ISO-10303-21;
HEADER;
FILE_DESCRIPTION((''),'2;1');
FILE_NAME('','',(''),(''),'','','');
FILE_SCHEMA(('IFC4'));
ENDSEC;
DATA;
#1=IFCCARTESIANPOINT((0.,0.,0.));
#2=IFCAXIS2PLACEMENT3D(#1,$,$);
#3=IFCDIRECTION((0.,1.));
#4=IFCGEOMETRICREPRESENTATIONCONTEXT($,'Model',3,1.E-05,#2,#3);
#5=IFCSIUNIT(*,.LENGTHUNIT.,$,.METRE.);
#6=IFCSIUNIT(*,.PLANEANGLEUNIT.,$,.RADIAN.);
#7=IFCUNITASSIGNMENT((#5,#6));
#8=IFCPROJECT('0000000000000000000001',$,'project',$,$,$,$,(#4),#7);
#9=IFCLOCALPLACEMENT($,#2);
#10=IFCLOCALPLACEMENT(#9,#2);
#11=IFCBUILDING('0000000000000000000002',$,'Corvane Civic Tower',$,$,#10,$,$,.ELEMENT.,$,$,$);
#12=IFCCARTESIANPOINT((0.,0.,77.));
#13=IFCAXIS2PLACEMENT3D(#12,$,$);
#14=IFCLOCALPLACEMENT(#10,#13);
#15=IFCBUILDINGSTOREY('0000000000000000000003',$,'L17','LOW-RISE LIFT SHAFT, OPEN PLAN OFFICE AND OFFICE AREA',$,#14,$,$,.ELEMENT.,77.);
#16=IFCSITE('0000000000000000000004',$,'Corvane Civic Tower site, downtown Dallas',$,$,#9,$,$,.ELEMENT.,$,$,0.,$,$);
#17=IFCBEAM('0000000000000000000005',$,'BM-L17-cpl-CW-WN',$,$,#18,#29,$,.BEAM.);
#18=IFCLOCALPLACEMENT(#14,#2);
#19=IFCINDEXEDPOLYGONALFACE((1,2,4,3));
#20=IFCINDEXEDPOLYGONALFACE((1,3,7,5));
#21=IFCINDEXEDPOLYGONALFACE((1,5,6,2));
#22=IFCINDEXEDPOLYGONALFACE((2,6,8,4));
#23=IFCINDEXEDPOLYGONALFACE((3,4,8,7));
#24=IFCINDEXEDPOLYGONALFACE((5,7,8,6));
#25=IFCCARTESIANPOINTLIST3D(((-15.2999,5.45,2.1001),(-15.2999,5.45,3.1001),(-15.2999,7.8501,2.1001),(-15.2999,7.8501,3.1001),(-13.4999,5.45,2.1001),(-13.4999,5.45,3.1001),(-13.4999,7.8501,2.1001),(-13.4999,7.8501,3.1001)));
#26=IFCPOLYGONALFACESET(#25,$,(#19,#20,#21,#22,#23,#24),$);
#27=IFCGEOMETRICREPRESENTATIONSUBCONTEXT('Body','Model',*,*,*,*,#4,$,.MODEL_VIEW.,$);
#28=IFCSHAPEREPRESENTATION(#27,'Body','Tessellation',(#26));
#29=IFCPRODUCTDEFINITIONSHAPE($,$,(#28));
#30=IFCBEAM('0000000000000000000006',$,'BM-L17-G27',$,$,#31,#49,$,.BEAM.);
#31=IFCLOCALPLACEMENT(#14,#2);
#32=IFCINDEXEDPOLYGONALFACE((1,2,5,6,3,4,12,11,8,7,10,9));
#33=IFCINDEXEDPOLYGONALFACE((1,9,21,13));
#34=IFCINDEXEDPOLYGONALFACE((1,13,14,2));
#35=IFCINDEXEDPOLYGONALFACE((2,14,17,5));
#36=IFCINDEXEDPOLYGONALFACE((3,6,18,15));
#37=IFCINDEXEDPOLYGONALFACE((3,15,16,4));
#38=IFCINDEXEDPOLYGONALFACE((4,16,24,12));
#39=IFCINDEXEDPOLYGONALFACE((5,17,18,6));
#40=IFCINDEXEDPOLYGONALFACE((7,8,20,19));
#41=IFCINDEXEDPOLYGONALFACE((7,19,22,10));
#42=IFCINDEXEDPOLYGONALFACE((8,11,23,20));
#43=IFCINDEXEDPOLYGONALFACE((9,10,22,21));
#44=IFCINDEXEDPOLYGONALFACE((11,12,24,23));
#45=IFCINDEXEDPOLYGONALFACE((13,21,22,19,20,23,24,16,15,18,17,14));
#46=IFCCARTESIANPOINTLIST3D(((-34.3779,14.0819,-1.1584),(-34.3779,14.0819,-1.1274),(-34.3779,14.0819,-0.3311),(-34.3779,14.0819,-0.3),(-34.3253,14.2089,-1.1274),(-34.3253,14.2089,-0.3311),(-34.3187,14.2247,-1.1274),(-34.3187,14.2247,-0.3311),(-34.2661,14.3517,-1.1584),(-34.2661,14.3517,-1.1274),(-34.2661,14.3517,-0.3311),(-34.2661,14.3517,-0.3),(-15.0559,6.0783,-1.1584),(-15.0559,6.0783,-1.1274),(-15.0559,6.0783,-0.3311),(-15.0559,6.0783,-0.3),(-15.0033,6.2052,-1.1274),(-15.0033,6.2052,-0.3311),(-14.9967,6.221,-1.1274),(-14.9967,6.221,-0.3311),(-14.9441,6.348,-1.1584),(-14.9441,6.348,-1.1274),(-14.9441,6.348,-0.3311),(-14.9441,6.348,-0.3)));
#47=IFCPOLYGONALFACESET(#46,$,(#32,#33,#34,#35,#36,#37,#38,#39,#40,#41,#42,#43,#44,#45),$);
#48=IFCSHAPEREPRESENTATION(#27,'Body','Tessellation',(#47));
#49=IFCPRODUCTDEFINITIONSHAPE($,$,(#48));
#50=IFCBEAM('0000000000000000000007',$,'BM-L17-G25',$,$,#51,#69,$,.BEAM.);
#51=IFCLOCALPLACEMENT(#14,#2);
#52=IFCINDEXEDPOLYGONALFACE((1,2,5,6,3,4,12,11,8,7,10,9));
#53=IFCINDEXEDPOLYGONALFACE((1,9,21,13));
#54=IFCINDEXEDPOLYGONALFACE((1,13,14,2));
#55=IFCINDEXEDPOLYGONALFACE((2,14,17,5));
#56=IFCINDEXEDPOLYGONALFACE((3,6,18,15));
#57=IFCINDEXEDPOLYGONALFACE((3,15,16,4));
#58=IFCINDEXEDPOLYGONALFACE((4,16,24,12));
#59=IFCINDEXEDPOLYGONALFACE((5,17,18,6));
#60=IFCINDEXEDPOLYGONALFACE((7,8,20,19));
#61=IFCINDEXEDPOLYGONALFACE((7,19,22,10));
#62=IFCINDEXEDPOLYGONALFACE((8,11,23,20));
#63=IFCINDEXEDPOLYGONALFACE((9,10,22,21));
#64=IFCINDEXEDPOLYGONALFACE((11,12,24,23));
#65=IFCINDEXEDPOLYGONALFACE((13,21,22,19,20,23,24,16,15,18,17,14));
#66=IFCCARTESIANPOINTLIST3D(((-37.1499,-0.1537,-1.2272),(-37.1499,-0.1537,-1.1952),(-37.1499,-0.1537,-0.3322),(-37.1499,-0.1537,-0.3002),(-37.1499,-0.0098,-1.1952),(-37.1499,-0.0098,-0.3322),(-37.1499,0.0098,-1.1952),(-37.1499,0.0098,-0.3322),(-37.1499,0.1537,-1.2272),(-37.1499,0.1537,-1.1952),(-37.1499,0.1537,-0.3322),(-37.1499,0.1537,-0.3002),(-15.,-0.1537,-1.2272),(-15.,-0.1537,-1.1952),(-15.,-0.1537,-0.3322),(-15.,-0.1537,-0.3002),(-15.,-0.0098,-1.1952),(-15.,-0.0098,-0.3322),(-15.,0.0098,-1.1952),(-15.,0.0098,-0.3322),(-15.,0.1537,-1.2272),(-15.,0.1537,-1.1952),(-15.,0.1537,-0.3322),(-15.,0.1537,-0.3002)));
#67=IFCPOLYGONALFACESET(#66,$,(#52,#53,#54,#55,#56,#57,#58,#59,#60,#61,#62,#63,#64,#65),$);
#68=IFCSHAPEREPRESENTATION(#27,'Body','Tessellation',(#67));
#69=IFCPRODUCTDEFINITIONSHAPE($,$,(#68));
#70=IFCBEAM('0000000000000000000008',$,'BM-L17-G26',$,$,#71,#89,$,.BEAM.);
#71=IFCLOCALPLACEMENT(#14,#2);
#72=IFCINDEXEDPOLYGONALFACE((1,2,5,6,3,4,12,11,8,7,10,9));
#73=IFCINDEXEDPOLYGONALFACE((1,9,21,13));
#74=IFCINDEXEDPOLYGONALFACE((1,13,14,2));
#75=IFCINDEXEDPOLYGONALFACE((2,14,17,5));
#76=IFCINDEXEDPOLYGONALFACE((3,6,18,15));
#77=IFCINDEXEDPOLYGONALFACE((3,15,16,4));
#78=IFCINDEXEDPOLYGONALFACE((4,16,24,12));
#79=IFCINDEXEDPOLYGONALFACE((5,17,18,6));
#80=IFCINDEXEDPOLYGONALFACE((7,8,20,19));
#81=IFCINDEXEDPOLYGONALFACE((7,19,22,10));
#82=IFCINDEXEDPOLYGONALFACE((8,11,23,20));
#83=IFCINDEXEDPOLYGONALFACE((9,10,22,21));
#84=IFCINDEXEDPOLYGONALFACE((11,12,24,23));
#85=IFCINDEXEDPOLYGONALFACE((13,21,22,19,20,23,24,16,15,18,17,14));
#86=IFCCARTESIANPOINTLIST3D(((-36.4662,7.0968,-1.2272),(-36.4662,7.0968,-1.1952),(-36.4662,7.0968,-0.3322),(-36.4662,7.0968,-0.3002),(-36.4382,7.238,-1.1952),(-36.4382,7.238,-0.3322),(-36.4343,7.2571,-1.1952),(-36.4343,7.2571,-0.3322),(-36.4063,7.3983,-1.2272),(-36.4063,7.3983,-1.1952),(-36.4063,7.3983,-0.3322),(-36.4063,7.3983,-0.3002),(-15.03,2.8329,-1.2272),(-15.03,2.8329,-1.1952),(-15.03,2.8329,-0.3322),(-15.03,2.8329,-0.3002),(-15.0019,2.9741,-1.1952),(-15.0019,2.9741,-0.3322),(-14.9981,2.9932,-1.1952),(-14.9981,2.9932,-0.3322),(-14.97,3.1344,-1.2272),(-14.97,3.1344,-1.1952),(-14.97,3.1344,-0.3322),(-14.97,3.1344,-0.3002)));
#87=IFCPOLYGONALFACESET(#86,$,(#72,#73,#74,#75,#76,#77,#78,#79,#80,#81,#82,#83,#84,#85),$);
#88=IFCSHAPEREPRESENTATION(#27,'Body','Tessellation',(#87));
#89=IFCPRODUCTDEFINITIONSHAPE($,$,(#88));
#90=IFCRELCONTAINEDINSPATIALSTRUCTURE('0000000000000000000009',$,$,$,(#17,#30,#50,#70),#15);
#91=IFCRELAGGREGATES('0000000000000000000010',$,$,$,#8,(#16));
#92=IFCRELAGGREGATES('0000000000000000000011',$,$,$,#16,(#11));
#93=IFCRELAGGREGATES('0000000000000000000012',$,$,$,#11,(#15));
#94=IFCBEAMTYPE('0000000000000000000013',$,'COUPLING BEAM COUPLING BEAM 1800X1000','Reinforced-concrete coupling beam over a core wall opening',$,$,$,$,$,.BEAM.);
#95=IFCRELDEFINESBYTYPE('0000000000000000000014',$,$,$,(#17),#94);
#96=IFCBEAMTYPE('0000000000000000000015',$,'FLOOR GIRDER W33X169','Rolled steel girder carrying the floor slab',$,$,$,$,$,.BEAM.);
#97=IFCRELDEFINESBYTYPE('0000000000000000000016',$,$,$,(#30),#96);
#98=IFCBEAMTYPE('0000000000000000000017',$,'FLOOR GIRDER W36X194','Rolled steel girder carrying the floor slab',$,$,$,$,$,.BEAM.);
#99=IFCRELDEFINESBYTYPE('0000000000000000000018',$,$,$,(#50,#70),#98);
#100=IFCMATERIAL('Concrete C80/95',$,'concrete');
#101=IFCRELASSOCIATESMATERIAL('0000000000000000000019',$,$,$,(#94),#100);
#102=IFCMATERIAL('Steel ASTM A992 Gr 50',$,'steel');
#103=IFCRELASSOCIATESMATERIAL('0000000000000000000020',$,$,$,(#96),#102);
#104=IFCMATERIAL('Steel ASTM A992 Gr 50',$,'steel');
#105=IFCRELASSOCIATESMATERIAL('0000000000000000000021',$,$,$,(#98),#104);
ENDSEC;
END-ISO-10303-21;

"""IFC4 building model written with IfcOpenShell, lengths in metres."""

from ifc_helpers import new_model, si_unit, direction, frame, origin, origin_2d, place, context, subcontext, project, spatial, rectangle, i_section, extrude, material, material_profile, profile_set, type_object, element, save


model = new_model("IFC4")

# Units and contexts
model_context = context("Model", 3, precision=1e-05, world=origin(), true_north=direction((0.0, 1.0)))
body_context = subcontext(model_context, "Body", "Model", "MODEL_VIEW")
ifc_project = project(units=[si_unit("LENGTHUNIT", "METRE"), si_unit("PLANEANGLEUNIT", "RADIAN")], contexts=[model_context])

# Site, building, storey
site_placement = place(None, origin())
site = spatial("IfcSite", under=ifc_project, at=site_placement, Name="Corvane Civic Tower site, downtown Dallas", CompositionType="ELEMENT", RefElevation=0.0)
building_placement = place(site_placement, origin())
building = spatial("IfcBuilding", under=site, at=building_placement, Name="Corvane Civic Tower", CompositionType="ELEMENT")
storey_placement = place(building_placement, frame((0.0, 0.0, 77.0)))
storey = spatial("IfcBuildingStorey", under=building, at=storey_placement, Name="L17", Description="LOW-RISE LIFT SHAFT, OPEN PLAN OFFICE AND OFFICE AREA", CompositionType="ELEMENT", Elevation=77.0)

# Beams
ifc_material_1 = material(Name="Concrete C80/95", Category="concrete")
ifc_material_profile_1 = material_profile(ifc_material_1, rectangle(XDim=1.8, YDim=1.0, at=origin_2d()), Name="COUPLING BEAM 1800X1000")
ifc_profile_set_1 = profile_set([ifc_material_profile_1], Name="Concrete C80/95")
beam_type_1 = type_object("IfcBeamType", Name="COUPLING BEAM COUPLING BEAM 1800X1000", Description="Reinforced-concrete coupling beam over a core wall opening", PredefinedType="BEAM", material=ifc_profile_set_1)
beam_1_placement = place(storey_placement, frame((-14.3999, 5.45, 2.6001), z_axis=(0.0, 1.0, 0.0), x_axis=(-1.0, 0.0, 0.0)))
element("IfcBeam", 1, at=beam_1_placement, inside=storey, type_object=beam_type_1, Name="BM-L17-cpl-CW-WN", PredefinedType="BEAM", context=body_context, shape_type="SweptSolid", body=[
    extrude(rectangle(XDim=1.8, YDim=1.0, at=origin_2d()), origin(), (0.0, 0.0, 1.0), 2.4001),
])
ifc_material_2 = material(Name="Steel ASTM A992 Gr 50", Category="steel")
ifc_material_profile_2 = material_profile(ifc_material_2, i_section(OverallWidth=0.292, OverallDepth=0.8584, WebThickness=0.0171, FlangeThickness=0.031, at=origin_2d()), Name="W33X169")
ifc_profile_set_2 = profile_set([ifc_material_profile_2], Name="Steel ASTM A992 Gr 50")
beam_type_2 = type_object("IfcBeamType", Name="FLOOR GIRDER W33X169", Description="Rolled steel girder carrying the floor slab", PredefinedType="BEAM", material=ifc_profile_set_2)
beam_2_placement = place(storey_placement, frame((-15.0, 6.2131, -0.7292), z_axis=(-0.923876, 0.382692, 0.0), x_axis=(-0.382692, -0.923876, 0.0)))
element("IfcBeam", 2, at=beam_2_placement, inside=storey, type_object=beam_type_2, Name="BM-L17-G27", PredefinedType="BEAM", context=body_context, shape_type="SweptSolid", body=[
    extrude(i_section(OverallWidth=0.292, OverallDepth=0.8584, WebThickness=0.0171, FlangeThickness=0.031, at=origin_2d()), origin(), (0.0, 0.0, 1.0), 20.9141),
])
ifc_material_3 = material(Name="Steel ASTM A992 Gr 50", Category="steel")
ifc_material_profile_3 = material_profile(ifc_material_3, i_section(OverallWidth=0.3074, OverallDepth=0.927, WebThickness=0.0195, FlangeThickness=0.032, at=origin_2d()), Name="W36X194")
ifc_profile_set_3 = profile_set([ifc_material_profile_3], Name="Steel ASTM A992 Gr 50")
beam_type_3 = type_object("IfcBeamType", Name="FLOOR GIRDER W36X194", Description="Rolled steel girder carrying the floor slab", PredefinedType="BEAM", material=ifc_profile_set_3)
beam_3_placement = place(storey_placement, frame((-15.0, 0.0, -0.7637), z_axis=(-1.0, 0.0, 0.0), x_axis=(0.0, -1.0, 0.0)))
element("IfcBeam", 3, at=beam_3_placement, inside=storey, type_object=beam_type_3, Name="BM-L17-G25", PredefinedType="BEAM", context=body_context, shape_type="SweptSolid", body=[
    extrude(i_section(OverallWidth=0.3074, OverallDepth=0.927, WebThickness=0.0195, FlangeThickness=0.032, at=origin_2d()), origin(), (0.0, 0.0, 1.0), 22.1499),
])
beam_4_placement = place(storey_placement, frame((-15.0, 2.9836, -0.7637), z_axis=(-0.980785, 0.195089, 0.0), x_axis=(-0.195089, -0.980785, 0.0)))
element("IfcBeam", 4, at=beam_4_placement, inside=storey, type_object=beam_type_3, Name="BM-L17-G26", PredefinedType="BEAM", context=body_context, shape_type="SweptSolid", body=[
    extrude(i_section(OverallWidth=0.3074, OverallDepth=0.927, WebThickness=0.0195, FlangeThickness=0.032, at=origin_2d()), origin(), (0.0, 0.0, 1.0), 21.8562),
])

save(model, "model.ifc")
